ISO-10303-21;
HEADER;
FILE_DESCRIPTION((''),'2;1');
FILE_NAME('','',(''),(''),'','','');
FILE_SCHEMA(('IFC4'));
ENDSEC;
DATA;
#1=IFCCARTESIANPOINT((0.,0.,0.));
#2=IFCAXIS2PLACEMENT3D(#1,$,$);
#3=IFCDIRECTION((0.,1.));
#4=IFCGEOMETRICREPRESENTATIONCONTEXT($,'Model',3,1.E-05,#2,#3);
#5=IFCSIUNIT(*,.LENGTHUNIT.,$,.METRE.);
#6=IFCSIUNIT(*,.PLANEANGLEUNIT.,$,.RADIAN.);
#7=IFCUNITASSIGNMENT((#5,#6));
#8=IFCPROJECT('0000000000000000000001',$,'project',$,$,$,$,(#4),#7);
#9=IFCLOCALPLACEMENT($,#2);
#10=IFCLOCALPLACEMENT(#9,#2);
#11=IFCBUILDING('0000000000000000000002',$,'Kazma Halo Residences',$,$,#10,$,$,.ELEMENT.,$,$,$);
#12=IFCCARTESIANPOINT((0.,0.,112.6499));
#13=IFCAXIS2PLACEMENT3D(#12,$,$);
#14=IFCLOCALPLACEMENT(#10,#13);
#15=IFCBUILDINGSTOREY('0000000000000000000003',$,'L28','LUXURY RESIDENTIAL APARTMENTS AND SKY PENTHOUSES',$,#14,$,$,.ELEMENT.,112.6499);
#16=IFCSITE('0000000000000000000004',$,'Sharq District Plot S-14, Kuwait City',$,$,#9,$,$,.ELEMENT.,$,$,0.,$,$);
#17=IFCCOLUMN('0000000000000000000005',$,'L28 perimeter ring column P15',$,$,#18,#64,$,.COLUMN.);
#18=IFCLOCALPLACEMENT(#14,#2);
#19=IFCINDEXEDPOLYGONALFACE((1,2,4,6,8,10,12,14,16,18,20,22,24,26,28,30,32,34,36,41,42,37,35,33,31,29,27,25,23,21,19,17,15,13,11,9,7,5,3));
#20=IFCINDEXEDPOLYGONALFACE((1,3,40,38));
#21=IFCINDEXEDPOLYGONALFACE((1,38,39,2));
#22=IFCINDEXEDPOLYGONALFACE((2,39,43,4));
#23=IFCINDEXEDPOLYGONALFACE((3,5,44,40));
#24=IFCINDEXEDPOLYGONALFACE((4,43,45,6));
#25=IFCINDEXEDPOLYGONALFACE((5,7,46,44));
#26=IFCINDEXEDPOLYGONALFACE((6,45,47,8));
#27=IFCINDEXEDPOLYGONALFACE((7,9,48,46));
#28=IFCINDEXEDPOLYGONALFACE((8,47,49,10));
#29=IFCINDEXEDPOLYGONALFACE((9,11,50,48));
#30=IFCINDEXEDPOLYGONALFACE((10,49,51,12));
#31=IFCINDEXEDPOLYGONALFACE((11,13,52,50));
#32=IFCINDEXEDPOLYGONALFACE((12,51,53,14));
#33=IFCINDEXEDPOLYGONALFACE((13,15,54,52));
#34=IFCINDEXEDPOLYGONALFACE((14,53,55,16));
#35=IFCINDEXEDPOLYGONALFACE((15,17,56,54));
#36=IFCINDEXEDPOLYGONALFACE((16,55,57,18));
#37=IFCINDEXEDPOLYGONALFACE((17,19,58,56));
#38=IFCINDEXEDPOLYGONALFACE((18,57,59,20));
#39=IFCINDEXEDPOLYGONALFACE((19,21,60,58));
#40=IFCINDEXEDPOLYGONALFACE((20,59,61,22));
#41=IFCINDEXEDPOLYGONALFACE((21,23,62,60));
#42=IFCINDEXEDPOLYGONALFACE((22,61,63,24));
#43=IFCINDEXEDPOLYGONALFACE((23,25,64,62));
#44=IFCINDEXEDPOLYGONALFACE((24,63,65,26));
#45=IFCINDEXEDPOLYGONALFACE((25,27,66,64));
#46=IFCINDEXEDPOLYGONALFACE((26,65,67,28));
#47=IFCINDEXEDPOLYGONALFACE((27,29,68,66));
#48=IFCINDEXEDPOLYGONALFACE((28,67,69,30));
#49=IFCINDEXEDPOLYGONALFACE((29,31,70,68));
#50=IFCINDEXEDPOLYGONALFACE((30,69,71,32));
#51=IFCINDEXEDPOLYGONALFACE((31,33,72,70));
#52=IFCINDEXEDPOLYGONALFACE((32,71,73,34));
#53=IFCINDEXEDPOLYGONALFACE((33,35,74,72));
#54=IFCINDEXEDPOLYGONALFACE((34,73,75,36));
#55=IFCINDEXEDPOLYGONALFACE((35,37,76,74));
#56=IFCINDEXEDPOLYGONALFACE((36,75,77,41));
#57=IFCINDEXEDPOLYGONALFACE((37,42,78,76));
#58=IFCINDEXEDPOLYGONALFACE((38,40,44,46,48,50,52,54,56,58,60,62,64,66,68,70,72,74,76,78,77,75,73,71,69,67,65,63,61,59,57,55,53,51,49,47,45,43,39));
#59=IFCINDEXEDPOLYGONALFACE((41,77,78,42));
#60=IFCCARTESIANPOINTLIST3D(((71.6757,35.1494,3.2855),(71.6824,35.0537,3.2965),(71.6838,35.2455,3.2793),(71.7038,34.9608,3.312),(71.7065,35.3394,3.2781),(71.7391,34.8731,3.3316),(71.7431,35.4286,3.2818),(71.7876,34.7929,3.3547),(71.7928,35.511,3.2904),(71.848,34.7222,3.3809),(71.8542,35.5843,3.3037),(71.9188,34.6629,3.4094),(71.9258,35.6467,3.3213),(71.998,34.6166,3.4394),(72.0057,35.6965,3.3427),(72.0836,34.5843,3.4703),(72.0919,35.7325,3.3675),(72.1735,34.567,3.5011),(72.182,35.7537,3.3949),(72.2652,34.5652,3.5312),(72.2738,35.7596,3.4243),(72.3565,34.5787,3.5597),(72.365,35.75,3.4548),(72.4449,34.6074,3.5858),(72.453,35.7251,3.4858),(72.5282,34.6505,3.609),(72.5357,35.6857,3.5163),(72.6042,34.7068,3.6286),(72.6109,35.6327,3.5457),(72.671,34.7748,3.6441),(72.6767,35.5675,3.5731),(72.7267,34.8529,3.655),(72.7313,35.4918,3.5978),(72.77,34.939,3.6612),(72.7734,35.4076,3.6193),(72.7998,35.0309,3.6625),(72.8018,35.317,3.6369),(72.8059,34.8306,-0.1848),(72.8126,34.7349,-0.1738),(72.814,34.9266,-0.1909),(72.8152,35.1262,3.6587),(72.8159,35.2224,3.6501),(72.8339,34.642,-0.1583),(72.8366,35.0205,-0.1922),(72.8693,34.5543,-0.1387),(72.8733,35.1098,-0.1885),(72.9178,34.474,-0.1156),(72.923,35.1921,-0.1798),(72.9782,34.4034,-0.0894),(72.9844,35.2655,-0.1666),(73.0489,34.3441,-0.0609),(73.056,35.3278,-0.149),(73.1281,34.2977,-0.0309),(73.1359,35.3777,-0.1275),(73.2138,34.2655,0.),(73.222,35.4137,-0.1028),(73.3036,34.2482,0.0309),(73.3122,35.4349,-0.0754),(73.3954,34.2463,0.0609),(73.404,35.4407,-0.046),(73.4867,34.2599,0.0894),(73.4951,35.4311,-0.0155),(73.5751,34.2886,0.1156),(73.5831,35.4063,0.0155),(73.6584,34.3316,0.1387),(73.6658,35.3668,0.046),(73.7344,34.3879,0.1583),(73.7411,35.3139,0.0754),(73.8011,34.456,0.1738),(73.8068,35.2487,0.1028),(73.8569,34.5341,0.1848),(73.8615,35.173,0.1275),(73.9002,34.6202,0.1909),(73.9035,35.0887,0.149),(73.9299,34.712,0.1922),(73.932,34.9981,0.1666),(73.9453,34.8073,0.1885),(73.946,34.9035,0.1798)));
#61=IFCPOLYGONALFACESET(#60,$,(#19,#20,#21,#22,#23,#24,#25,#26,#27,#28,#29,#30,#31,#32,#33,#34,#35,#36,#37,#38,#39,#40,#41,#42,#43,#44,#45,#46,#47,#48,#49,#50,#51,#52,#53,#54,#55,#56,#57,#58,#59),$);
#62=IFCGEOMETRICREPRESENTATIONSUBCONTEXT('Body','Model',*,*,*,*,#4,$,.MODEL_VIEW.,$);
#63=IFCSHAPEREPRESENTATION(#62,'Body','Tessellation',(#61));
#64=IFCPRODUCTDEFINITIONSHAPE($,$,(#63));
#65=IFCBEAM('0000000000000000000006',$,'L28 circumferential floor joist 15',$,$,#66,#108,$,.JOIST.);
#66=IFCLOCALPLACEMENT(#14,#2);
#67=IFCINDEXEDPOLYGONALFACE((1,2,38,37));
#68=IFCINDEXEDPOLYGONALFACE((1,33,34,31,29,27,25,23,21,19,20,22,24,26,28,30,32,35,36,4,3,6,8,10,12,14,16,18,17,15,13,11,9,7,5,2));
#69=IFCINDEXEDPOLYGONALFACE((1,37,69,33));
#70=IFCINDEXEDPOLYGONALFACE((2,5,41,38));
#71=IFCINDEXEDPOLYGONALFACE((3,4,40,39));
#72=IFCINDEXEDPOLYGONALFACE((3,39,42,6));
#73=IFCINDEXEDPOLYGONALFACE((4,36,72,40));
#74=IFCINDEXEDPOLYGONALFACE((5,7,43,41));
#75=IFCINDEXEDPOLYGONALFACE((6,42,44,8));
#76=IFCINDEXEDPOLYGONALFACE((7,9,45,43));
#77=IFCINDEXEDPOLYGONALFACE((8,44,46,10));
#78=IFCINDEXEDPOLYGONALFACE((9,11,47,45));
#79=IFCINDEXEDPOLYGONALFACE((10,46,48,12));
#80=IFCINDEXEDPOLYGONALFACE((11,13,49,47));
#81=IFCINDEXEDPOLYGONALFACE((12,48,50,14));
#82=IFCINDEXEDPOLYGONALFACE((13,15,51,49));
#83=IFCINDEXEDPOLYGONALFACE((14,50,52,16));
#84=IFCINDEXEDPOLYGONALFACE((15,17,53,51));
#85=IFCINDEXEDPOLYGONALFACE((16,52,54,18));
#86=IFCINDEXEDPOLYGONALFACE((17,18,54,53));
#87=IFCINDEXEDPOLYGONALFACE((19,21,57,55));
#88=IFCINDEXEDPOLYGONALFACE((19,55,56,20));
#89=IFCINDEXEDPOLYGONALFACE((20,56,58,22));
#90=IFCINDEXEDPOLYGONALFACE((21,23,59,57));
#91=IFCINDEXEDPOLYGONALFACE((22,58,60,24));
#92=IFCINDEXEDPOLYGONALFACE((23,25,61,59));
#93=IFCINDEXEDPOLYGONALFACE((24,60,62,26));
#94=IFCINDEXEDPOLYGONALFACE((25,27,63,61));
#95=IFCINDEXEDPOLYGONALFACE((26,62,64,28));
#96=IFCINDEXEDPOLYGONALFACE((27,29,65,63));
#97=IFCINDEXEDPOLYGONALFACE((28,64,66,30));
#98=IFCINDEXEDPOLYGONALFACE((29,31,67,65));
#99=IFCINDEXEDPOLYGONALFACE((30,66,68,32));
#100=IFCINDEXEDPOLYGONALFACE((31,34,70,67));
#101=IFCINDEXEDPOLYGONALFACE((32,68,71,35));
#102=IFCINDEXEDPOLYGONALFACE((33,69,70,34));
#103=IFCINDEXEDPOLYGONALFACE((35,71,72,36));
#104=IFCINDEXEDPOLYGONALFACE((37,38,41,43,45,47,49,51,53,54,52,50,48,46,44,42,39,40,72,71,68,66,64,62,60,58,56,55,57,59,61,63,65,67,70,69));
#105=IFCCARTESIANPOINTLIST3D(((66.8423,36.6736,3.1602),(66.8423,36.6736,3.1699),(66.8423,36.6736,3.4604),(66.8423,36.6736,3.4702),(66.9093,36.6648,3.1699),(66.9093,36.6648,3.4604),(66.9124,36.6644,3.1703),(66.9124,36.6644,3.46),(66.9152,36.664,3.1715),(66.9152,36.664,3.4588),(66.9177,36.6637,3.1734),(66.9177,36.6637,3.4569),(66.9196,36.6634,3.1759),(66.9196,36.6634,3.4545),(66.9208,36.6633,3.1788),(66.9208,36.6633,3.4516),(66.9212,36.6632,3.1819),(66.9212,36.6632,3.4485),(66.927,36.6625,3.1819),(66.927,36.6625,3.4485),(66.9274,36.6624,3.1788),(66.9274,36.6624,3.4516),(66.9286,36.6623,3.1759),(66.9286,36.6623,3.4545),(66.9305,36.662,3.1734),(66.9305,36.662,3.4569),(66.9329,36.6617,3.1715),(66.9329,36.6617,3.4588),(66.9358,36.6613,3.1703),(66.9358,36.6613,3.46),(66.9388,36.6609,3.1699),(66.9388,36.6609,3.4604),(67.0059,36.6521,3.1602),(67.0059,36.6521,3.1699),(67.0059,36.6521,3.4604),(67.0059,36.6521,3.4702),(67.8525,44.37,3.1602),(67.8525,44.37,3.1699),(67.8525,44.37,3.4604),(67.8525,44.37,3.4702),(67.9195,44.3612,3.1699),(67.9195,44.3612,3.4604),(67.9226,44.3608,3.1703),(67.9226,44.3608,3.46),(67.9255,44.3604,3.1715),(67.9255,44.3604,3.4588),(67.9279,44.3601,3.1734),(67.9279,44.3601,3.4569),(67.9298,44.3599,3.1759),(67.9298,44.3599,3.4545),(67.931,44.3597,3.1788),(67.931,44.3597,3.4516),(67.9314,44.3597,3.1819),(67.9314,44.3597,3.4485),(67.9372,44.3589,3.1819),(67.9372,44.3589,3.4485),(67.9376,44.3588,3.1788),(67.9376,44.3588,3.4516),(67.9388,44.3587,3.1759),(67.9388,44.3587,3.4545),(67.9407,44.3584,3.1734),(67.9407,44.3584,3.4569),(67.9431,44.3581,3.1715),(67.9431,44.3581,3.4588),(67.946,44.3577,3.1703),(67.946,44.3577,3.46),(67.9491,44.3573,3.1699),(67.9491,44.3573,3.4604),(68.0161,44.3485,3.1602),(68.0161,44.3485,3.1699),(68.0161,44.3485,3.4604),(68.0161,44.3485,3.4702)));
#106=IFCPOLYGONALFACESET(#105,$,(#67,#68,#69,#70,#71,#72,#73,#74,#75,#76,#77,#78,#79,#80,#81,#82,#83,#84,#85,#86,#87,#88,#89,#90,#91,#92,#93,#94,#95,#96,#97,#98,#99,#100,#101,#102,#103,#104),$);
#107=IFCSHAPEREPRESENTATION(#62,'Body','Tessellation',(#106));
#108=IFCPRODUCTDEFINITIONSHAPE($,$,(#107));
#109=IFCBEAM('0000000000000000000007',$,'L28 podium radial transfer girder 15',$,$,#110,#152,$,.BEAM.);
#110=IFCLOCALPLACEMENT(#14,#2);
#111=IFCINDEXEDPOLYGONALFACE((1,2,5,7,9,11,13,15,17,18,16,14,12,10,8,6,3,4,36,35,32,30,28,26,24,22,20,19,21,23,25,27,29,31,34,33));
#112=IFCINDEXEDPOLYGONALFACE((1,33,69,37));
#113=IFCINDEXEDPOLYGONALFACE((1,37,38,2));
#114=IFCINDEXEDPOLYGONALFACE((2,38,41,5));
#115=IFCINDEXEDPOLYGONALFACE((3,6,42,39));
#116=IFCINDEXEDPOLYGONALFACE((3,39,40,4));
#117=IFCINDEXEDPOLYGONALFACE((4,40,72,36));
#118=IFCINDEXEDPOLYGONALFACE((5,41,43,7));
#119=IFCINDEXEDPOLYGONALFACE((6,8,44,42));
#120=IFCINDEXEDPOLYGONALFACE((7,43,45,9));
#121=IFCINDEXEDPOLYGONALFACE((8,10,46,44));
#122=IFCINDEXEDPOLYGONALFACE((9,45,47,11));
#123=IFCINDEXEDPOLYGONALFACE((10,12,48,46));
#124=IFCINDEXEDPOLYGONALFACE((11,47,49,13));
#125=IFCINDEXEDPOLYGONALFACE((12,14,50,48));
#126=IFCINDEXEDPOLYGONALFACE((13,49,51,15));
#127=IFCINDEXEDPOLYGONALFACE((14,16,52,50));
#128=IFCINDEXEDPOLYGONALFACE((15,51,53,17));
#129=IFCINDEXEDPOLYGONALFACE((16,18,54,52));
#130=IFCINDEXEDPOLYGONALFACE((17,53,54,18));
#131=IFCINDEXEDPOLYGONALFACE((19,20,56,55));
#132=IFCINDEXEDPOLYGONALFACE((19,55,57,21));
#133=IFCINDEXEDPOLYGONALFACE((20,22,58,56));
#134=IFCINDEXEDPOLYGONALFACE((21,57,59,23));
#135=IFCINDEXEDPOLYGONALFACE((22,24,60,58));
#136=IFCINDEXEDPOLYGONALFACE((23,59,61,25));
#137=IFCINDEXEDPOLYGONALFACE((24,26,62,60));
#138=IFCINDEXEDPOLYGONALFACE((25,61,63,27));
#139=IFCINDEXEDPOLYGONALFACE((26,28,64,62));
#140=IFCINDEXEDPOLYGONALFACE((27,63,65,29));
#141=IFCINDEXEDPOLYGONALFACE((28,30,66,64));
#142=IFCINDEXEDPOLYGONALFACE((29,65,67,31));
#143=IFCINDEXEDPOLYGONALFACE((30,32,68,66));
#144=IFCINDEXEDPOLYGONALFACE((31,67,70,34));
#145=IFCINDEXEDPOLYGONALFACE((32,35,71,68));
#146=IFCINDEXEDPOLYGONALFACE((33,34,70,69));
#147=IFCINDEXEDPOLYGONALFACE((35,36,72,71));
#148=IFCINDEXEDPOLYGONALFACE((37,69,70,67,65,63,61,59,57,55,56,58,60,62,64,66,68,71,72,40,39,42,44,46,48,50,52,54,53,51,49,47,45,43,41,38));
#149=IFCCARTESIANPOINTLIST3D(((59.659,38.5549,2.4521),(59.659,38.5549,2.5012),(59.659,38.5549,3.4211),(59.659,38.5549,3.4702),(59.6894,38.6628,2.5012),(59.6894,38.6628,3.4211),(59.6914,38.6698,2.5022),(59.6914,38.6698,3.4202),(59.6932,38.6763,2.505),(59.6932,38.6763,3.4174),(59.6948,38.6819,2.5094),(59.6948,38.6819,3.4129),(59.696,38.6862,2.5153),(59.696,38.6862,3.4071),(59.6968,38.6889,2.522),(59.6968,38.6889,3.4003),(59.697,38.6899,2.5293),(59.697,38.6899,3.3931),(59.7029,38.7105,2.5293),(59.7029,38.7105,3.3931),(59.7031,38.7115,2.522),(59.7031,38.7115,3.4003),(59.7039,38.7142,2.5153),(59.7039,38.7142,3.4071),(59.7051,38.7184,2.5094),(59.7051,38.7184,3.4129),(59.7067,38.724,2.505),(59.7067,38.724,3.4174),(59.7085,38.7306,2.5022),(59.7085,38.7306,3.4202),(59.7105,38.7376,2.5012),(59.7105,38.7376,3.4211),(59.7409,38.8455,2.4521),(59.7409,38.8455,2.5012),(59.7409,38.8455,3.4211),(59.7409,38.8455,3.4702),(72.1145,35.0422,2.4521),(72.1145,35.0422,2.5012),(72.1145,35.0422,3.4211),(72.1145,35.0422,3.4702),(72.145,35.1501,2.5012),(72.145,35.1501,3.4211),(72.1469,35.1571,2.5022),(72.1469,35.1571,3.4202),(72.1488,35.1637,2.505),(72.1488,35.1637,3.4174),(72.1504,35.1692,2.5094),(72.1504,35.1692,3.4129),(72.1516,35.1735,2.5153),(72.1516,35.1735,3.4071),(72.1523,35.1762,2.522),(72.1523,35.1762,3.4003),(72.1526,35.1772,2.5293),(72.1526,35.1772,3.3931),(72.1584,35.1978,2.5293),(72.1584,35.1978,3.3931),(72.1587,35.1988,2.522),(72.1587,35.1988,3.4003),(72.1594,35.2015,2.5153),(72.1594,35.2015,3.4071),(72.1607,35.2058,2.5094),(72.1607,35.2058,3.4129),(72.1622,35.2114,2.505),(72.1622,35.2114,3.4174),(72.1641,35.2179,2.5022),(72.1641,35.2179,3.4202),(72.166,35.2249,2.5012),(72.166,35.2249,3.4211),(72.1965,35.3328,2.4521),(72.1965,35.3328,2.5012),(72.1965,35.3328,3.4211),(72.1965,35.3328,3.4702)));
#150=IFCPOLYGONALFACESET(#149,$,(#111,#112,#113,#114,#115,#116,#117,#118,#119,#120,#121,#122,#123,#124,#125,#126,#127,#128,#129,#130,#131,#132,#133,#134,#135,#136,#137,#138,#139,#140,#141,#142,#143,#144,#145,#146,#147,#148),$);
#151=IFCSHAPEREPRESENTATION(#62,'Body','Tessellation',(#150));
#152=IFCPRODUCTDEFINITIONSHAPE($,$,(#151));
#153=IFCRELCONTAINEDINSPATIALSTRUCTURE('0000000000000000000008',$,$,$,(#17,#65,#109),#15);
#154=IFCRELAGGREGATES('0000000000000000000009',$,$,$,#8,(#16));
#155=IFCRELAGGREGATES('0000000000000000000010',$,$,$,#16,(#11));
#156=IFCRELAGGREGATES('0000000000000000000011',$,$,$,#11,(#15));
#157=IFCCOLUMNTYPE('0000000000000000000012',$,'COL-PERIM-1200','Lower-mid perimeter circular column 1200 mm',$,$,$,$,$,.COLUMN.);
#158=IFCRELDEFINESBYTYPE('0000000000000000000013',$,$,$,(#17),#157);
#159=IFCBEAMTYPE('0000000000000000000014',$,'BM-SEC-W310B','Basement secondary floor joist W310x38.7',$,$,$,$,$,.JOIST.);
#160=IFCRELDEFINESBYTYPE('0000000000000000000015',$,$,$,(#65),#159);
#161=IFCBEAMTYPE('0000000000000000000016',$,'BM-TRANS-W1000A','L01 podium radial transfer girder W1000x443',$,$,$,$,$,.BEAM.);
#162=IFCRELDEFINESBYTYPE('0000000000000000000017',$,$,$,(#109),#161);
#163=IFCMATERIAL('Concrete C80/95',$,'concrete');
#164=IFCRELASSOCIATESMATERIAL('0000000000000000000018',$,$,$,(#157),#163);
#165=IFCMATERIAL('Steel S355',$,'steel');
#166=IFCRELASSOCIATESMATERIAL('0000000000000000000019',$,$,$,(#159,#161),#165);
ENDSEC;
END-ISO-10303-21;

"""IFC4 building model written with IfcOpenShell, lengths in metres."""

from ifc_helpers import new_model, si_unit, direction, frame, origin, origin_2d, place, context, subcontext, project, spatial, circle, i_section, extrude, material, material_profile, profile_set, type_object, element, save


model = new_model("IFC4")

# Units and contexts
model_context = context("Model", 3, precision=1e-05, world=origin(), true_north=direction((0.0, 1.0)))
body_context = subcontext(model_context, "Body", "Model", "MODEL_VIEW")
ifc_project = project(units=[si_unit("LENGTHUNIT", "METRE"), si_unit("PLANEANGLEUNIT", "RADIAN")], contexts=[model_context])

# Site, building, storey
site_placement = place(None, origin())
site = spatial("IfcSite", under=ifc_project, at=site_placement, Name="Sharq District Plot S-14, Kuwait City", CompositionType="ELEMENT", RefElevation=0.0)
building_placement = place(site_placement, origin())
building = spatial("IfcBuilding", under=site, at=building_placement, Name="Kazma Halo Residences", CompositionType="ELEMENT")
storey_placement = place(building_placement, frame((0.0, 0.0, 112.6499)))
storey = spatial("IfcBuildingStorey", under=building, at=storey_placement, Name="L28", Description="LUXURY RESIDENTIAL APARTMENTS AND SKY PENTHOUSES", CompositionType="ELEMENT", Elevation=112.6499)

# Column
ifc_material_1 = material(Name="Concrete C80/95", Category="concrete")
ifc_material_profile_1 = material_profile(ifc_material_1, circle(Radius=0.6001, at=origin_2d()), Name="CIRC1200")
ifc_profile_set_1 = profile_set([ifc_material_profile_1], Name="Concrete C80/95")
column_type = type_object("IfcColumnType", Name="COL-PERIM-1200", Description="Lower-mid perimeter circular column 1200 mm", PredefinedType="COLUMN", material=ifc_profile_set_1)
column_placement = place(storey_placement, frame((73.3767, 34.843, 0.0), z_axis=(-0.308483, 0.087034, 0.94724), x_axis=(-0.271534, -0.962429, 0.0)))
element("IfcColumn", 1, at=column_placement, inside=storey, type_object=column_type, Name="L28 perimeter ring column P15", PredefinedType="COLUMN", context=body_context, shape_type="SweptSolid", body=[
    extrude(circle(Radius=0.6001, at=origin_2d()), origin(), (0.0, 0.0, 1.0), 3.6636),
])

# Beams
ifc_material_2 = material(Name="Steel S355", Category="steel")
ifc_material_profile_2 = material_profile(ifc_material_2, i_section(OverallWidth=0.165, OverallDepth=0.3101, WebThickness=0.0059, FlangeThickness=0.0098, FilletRadius=0.012, at=origin_2d()), Name="W310x38.7")
ifc_profile_set_2 = profile_set([ifc_material_profile_2], Name="Steel S355")
beam_type_1 = type_object("IfcBeamType", Name="BM-SEC-W310B", Description="Basement secondary floor joist W310x38.7", PredefinedType="JOIST", material=ifc_profile_set_2)
beam_1_placement = place(storey_placement, frame((66.9241, 36.6628, 3.3152), z_axis=(0.130145, 0.991495, 0.0), x_axis=(-0.991495, 0.130145, 0.0)))
element("IfcBeam", 2, at=beam_1_placement, inside=storey, type_object=beam_type_1, Name="L28 circumferential floor joist 15", PredefinedType="JOIST", context=body_context, shape_type="SweptSolid", body=[
    extrude(i_section(OverallWidth=0.165, OverallDepth=0.3101, WebThickness=0.0059, FlangeThickness=0.0098, FilletRadius=0.012, at=origin_2d()), origin(), (0.0, 0.0, 1.0), 7.7625),
])
ifc_material_profile_3 = material_profile(ifc_material_2, i_section(OverallWidth=0.302, OverallDepth=1.0181, WebThickness=0.0215, FlangeThickness=0.0491, FilletRadius=0.0281, at=origin_2d()), Name="W1000x443")
ifc_profile_set_3 = profile_set([ifc_material_profile_3], Name="Steel S355")
beam_type_2 = type_object("IfcBeamType", Name="BM-TRANS-W1000A", Description="L01 podium radial transfer girder W1000x443", PredefinedType="BEAM", material=ifc_profile_set_3)
beam_2_placement = place(storey_placement, frame((59.7, 38.7002, 2.9612), z_axis=(0.962458, -0.271431, 0.0), x_axis=(0.271431, 0.962458, 0.0)))
element("IfcBeam", 3, at=beam_2_placement, inside=storey, type_object=beam_type_2, Name="L28 podium radial transfer girder 15", PredefinedType="BEAM", context=body_context, shape_type="SweptSolid", body=[
    extrude(i_section(OverallWidth=0.302, OverallDepth=1.0181, WebThickness=0.0215, FlangeThickness=0.0491, FilletRadius=0.0281, at=origin_2d()), origin(), (0.0, 0.0, 1.0), 12.9414),
])

save(model, "model.ifc")
